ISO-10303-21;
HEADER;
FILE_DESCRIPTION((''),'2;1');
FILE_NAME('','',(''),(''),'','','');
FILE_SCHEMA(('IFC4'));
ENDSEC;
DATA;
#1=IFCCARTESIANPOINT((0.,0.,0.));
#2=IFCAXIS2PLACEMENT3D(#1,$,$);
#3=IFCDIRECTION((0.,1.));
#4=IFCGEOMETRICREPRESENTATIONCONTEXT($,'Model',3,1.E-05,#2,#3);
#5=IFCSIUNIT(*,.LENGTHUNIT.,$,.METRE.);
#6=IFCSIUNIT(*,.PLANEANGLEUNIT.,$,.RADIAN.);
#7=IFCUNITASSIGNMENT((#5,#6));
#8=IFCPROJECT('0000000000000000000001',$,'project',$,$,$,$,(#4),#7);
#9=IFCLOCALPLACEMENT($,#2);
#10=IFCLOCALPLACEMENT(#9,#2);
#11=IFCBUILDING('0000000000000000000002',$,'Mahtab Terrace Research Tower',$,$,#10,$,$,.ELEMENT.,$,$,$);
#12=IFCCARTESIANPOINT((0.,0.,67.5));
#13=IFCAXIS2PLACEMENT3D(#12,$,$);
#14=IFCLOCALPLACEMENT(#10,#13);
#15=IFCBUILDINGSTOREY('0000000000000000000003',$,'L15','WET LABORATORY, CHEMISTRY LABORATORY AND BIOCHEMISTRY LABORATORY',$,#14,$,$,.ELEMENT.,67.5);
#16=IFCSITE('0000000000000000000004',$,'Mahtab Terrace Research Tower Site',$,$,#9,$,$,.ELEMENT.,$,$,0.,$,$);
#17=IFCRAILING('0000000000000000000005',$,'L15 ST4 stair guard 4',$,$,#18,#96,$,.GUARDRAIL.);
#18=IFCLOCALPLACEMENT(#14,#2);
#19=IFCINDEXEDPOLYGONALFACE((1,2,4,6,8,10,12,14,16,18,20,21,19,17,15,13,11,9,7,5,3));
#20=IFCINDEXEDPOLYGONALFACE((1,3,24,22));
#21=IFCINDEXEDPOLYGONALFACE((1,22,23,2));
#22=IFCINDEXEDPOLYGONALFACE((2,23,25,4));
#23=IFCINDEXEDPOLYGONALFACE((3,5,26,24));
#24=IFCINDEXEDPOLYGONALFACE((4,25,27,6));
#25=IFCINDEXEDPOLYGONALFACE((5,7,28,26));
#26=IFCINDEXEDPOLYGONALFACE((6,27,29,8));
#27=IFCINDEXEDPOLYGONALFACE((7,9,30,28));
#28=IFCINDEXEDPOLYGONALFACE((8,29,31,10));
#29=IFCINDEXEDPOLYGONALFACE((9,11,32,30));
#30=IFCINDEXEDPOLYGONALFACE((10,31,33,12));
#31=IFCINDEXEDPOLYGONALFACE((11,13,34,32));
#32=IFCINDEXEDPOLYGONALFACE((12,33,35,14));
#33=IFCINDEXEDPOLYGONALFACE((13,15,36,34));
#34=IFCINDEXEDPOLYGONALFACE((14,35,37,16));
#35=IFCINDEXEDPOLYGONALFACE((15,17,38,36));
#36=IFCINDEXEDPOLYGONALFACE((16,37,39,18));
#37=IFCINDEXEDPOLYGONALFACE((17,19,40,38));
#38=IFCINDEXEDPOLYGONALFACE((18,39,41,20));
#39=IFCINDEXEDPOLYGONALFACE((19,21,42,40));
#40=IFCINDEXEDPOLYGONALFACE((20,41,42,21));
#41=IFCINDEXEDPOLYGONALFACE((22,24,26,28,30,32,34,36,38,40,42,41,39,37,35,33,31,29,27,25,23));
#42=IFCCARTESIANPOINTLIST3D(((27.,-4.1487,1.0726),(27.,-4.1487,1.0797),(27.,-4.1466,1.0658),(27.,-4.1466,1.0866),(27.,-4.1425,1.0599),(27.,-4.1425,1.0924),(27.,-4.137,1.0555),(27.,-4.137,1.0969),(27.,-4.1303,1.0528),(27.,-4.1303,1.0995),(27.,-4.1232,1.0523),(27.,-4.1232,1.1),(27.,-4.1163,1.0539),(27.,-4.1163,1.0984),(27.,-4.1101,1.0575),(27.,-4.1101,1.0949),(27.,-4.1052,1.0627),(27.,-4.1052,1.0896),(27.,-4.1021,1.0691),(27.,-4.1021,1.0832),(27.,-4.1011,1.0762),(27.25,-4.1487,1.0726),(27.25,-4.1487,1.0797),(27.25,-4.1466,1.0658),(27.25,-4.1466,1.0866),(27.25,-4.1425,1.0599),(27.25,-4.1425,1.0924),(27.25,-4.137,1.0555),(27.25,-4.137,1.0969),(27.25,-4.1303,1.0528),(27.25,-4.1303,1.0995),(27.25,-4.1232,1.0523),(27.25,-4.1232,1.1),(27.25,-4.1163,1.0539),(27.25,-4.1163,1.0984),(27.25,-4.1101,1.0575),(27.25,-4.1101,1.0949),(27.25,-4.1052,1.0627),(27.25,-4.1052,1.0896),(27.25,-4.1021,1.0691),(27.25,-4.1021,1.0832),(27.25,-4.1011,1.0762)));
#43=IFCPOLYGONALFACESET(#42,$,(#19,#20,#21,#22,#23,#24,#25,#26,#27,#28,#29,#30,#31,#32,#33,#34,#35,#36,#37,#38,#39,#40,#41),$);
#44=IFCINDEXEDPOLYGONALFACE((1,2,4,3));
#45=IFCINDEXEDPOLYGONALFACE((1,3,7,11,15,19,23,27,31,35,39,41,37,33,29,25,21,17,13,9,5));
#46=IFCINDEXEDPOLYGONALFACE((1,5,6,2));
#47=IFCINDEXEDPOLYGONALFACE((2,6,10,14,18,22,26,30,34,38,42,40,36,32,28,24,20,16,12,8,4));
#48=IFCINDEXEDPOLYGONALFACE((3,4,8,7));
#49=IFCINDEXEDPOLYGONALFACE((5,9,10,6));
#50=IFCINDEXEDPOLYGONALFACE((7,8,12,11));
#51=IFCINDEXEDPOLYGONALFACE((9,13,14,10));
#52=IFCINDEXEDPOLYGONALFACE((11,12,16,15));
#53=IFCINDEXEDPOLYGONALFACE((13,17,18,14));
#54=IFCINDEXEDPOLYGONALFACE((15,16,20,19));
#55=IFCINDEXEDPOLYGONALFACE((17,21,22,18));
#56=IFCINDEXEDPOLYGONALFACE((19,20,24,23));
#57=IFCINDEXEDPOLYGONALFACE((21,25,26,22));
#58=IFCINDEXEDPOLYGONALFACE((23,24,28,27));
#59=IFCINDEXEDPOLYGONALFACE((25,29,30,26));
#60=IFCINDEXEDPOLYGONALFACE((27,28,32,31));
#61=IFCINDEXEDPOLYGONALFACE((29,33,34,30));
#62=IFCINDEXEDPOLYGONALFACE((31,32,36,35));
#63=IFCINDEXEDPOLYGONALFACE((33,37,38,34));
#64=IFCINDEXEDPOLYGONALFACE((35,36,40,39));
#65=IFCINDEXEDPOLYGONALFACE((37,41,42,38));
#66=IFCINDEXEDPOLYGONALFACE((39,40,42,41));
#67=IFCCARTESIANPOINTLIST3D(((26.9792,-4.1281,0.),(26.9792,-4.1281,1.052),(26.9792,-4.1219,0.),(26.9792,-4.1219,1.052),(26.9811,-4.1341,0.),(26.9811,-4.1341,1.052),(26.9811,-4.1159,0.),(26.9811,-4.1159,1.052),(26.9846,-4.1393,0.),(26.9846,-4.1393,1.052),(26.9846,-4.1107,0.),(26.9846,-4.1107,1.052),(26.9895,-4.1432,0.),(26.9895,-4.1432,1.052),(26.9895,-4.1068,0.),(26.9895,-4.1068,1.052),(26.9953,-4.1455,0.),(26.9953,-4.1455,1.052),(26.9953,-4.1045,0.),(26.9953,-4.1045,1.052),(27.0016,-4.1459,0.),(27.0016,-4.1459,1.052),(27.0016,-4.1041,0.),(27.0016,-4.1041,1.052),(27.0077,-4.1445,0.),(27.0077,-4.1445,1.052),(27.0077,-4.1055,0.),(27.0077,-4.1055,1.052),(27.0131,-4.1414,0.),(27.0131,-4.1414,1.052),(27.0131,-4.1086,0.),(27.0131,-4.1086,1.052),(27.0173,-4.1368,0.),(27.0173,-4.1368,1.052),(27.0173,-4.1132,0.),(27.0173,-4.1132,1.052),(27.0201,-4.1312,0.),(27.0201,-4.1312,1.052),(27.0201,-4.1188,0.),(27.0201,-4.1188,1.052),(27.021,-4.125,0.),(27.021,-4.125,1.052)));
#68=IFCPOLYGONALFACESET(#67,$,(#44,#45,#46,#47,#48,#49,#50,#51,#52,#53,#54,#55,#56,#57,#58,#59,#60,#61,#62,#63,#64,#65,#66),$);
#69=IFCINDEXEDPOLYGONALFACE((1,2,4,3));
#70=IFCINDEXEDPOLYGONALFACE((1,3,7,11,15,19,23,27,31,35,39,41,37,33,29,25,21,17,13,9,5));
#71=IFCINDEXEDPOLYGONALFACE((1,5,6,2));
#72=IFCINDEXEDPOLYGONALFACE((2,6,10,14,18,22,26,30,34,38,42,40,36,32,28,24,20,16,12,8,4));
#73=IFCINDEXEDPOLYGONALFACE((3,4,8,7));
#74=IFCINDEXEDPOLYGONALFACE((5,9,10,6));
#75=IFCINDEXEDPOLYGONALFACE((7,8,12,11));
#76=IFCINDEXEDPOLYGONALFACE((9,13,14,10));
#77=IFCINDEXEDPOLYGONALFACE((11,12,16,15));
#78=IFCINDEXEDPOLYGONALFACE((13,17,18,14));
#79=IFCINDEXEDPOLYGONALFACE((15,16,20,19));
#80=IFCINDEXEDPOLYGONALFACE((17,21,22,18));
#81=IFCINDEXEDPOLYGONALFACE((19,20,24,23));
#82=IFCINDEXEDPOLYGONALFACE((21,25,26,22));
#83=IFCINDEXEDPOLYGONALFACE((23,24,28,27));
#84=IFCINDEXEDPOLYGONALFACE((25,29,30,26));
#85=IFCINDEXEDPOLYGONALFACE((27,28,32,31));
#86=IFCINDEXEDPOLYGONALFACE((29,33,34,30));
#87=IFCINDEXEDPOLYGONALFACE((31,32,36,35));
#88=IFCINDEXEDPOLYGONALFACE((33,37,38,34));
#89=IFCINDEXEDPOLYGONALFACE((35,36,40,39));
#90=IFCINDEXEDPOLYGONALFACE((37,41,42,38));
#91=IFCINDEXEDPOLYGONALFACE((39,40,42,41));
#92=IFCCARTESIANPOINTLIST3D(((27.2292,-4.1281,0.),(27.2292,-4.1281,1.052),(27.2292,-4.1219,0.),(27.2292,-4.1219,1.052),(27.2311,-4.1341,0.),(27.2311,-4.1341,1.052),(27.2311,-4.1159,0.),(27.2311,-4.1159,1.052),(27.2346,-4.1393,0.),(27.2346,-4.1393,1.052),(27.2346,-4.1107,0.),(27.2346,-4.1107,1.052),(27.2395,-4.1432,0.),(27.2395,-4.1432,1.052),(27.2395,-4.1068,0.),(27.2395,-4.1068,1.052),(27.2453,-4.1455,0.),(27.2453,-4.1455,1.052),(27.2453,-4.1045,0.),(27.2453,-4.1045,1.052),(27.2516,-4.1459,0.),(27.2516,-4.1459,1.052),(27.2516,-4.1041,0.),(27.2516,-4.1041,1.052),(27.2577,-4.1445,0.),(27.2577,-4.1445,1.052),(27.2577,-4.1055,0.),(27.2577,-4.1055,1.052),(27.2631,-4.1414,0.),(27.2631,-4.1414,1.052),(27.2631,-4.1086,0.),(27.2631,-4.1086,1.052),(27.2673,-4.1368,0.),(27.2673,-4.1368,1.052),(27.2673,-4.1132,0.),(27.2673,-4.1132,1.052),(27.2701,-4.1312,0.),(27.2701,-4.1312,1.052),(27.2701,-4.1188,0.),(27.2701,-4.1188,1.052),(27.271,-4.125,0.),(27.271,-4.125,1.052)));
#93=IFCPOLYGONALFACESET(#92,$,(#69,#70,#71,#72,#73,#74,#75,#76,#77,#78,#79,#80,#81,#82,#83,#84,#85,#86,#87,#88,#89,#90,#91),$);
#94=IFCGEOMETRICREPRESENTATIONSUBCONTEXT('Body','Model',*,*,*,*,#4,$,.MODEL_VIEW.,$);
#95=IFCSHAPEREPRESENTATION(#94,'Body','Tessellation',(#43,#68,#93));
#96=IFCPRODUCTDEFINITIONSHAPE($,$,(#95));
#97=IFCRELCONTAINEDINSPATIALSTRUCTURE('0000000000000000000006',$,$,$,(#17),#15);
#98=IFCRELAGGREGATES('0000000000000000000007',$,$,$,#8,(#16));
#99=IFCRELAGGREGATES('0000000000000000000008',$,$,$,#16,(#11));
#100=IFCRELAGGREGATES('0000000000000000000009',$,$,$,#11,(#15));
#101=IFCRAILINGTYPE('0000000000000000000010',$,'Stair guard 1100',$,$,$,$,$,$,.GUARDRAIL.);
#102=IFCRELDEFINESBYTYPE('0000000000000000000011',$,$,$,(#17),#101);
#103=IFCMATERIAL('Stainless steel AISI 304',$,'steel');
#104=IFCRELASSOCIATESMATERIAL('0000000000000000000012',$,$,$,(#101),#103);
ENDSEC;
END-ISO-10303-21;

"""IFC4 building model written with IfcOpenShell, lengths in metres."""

from ifc_helpers import new_model, si_unit, direction, frame, origin, origin_2d, place, context, subcontext, project, spatial, circle, extrude, material, type_object, element, save


model = new_model("IFC4")

# Units and contexts
model_context = context("Model", 3, precision=1e-05, world=origin(), true_north=direction((0.0, 1.0)))
body_context = subcontext(model_context, "Body", "Model", "MODEL_VIEW")
ifc_project = project(units=[si_unit("LENGTHUNIT", "METRE"), si_unit("PLANEANGLEUNIT", "RADIAN")], contexts=[model_context])

# Site, building, storey
site_placement = place(None, origin())
site = spatial("IfcSite", under=ifc_project, at=site_placement, Name="Mahtab Terrace Research Tower Site", CompositionType="ELEMENT", RefElevation=0.0)
building_placement = place(site_placement, origin())
building = spatial("IfcBuilding", under=site, at=building_placement, Name="Mahtab Terrace Research Tower", CompositionType="ELEMENT")
storey_placement = place(building_placement, frame((0.0, 0.0, 67.5)))
storey = spatial("IfcBuildingStorey", under=building, at=storey_placement, Name="L15", Description="WET LABORATORY, CHEMISTRY LABORATORY AND BIOCHEMISTRY LABORATORY", CompositionType="ELEMENT", Elevation=67.5)

# Railing
ifc_material_1 = material(Name="Stainless steel AISI 304", Category="steel")
railing_type_1 = type_object("IfcRailingType", Name="Stair guard 1100", PredefinedType="GUARDRAIL", material=ifc_material_1)
railing_1_placement = place(storey_placement, frame((27.0, -4.125, 0.0)))
element("IfcRailing", 1, at=railing_1_placement, inside=storey, type_object=railing_type_1, Name="L15 ST4 stair guard 4", PredefinedType="GUARDRAIL", context=body_context, shape_type="SweptSolid", body=[
    extrude(circle(Radius=0.0239, at=origin_2d()), frame((0.0, 0.0, 1.0762), z_axis=(1.0, 0.0, 0.0), x_axis=(0.0, 1.0, 0.0)), (0.0, 0.0, 1.0), 0.25),
    extrude(circle(Radius=0.021, at=origin_2d()), origin(), (0.0, 0.0, 1.0), 1.052),
    extrude(circle(Radius=0.021, at=origin_2d()), frame((0.25, 0.0, 0.0)), (0.0, 0.0, 1.0), 1.052),
])

save(model, "model.ifc")
